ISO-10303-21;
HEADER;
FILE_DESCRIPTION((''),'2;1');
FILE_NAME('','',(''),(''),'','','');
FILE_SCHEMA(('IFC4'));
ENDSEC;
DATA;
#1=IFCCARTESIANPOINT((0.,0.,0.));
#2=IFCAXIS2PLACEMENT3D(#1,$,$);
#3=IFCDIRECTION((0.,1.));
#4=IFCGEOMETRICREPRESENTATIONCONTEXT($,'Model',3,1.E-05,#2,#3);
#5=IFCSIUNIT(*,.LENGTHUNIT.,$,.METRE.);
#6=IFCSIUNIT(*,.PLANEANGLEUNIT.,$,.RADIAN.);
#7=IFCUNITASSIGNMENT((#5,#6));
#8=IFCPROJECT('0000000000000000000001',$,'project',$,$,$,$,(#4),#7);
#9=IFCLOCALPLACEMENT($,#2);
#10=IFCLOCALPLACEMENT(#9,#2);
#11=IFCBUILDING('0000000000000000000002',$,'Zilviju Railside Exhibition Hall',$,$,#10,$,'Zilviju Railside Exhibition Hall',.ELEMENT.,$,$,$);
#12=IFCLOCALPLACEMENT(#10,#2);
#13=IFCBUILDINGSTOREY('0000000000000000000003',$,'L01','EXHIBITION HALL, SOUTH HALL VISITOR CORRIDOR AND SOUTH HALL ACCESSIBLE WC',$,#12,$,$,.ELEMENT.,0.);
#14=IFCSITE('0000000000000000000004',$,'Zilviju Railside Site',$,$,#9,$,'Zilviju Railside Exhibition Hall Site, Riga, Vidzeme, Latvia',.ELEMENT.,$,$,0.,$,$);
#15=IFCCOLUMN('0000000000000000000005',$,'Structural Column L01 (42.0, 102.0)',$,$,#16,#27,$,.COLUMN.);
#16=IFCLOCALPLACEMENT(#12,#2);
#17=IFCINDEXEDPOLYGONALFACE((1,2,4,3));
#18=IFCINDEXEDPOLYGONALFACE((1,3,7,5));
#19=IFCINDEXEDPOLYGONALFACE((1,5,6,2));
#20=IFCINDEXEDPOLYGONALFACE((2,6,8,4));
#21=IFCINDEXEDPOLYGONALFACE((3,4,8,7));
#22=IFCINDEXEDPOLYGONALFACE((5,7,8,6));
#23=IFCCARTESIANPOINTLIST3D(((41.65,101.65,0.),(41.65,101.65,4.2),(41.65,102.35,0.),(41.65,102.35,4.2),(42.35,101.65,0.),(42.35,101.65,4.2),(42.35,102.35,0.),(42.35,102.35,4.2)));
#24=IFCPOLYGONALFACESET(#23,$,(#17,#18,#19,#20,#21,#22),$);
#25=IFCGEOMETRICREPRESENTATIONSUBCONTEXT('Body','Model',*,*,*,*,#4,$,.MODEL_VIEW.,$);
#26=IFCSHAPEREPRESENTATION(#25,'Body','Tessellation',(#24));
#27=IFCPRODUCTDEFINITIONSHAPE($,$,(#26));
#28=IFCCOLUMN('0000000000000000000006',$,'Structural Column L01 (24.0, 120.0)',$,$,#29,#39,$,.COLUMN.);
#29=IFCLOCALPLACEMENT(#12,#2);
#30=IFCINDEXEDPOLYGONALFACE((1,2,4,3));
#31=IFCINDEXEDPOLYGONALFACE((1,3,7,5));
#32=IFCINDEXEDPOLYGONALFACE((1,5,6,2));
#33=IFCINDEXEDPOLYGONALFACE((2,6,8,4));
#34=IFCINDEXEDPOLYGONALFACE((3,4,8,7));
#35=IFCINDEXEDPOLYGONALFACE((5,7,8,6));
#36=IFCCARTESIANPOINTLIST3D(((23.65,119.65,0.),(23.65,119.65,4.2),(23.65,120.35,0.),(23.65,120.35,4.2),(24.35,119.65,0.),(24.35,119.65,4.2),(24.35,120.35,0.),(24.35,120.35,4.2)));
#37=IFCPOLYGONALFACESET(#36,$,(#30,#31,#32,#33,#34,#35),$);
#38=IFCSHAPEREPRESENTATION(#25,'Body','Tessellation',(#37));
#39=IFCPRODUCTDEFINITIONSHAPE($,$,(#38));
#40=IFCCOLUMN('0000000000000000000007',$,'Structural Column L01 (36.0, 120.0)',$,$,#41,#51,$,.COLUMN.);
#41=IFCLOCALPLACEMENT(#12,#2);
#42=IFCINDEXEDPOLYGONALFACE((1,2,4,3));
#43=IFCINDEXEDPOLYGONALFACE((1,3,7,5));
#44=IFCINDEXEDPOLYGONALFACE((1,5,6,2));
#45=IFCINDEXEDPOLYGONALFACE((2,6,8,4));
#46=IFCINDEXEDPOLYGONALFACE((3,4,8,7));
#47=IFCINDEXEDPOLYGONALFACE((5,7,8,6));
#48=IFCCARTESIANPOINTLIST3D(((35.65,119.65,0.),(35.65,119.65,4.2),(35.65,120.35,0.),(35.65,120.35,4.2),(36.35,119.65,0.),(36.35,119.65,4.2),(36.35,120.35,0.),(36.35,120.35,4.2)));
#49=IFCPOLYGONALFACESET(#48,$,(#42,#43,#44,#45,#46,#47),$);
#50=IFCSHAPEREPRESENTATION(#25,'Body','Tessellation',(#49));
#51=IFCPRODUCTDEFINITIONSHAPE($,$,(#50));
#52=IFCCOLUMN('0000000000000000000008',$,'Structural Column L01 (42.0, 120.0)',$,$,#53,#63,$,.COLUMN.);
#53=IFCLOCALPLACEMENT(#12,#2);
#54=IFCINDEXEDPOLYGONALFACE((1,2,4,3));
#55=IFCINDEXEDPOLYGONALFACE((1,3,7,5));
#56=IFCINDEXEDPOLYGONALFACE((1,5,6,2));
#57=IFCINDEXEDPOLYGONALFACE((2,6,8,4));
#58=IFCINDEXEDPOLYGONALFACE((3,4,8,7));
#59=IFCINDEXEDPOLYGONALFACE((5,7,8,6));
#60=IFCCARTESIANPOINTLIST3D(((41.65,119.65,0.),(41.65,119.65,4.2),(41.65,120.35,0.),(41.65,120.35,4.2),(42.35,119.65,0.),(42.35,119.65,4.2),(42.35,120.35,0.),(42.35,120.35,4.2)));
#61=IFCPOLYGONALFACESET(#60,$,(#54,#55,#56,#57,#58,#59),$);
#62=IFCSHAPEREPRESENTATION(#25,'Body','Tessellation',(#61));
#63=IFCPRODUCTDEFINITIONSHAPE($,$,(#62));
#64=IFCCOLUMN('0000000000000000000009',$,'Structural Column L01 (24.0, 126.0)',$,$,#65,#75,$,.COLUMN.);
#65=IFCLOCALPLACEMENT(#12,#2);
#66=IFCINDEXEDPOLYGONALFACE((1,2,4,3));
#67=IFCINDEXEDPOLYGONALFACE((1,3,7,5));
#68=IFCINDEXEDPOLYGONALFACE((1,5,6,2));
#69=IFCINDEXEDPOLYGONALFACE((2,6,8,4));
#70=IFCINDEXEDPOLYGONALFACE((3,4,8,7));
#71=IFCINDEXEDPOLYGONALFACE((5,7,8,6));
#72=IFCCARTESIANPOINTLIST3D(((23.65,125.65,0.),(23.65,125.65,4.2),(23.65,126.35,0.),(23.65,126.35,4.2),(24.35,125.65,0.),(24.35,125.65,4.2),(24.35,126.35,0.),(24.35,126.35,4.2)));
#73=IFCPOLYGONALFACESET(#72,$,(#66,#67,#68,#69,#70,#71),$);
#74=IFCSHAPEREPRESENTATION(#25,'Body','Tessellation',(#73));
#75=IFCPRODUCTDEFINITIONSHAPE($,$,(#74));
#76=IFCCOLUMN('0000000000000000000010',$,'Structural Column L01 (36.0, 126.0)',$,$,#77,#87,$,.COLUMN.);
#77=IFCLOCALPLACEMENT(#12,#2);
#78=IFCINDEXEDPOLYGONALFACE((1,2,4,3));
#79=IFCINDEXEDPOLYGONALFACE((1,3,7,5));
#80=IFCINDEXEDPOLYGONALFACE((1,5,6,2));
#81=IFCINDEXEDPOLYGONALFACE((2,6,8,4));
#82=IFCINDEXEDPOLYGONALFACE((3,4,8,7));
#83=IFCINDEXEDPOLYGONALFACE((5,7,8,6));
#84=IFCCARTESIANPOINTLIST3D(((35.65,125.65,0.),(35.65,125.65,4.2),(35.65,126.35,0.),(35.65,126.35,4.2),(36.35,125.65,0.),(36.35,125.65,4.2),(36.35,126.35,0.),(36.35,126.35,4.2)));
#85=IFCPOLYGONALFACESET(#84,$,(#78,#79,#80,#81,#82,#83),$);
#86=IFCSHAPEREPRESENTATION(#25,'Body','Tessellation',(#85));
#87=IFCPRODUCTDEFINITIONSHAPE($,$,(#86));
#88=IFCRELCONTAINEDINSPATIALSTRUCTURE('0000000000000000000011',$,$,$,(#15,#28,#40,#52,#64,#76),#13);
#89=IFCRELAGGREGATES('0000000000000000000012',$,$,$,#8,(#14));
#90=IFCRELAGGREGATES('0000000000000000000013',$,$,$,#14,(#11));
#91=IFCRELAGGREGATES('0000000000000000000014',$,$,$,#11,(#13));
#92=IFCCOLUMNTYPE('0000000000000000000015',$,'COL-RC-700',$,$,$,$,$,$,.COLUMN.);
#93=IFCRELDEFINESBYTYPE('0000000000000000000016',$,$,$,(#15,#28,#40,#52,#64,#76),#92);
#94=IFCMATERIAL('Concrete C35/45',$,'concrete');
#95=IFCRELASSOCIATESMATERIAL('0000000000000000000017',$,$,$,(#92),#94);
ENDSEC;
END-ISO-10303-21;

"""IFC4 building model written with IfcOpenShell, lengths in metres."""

from ifc_helpers import new_model, si_unit, direction, frame, origin, origin_2d, place, context, subcontext, project, spatial, rectangle, extrude, material, material_profile, profile_set, type_object, element, save


model = new_model("IFC4")

# Units and contexts
model_context = context("Model", 3, precision=1e-05, world=origin(), true_north=direction((0.0, 1.0)))
body_context = subcontext(model_context, "Body", "Model", "MODEL_VIEW")
ifc_project = project(units=[si_unit("LENGTHUNIT", "METRE"), si_unit("PLANEANGLEUNIT", "RADIAN")], contexts=[model_context])

# Site, building, storey
site_placement = place(None, origin())
site = spatial("IfcSite", under=ifc_project, at=site_placement, Name="Zilviju Railside Site", LongName="Zilviju Railside Exhibition Hall Site, Riga, Vidzeme, Latvia", CompositionType="ELEMENT", RefElevation=0.0)
building_placement = place(site_placement, origin())
building = spatial("IfcBuilding", under=site, at=building_placement, Name="Zilviju Railside Exhibition Hall", LongName="Zilviju Railside Exhibition Hall", CompositionType="ELEMENT")
storey_placement = place(building_placement, origin())
storey = spatial("IfcBuildingStorey", under=building, at=storey_placement, Name="L01", Description="EXHIBITION HALL, SOUTH HALL VISITOR CORRIDOR AND SOUTH HALL ACCESSIBLE WC", CompositionType="ELEMENT", Elevation=0.0)

# Shared definitions
ifc_material = material(Name="Concrete C35/45", Category="concrete")

# Columns
ifc_material_profile_1 = material_profile(ifc_material, rectangle(XDim=0.7, YDim=0.7, at=origin_2d()), Name="RC COL 700x700")
ifc_profile_set_1 = profile_set([ifc_material_profile_1], Name="Concrete C35/45")
column_type = type_object("IfcColumnType", Name="COL-RC-700", PredefinedType="COLUMN", material=ifc_profile_set_1)
for number, where, z_axis, x_axis, name in (
    (1, (42.0, 102.0, 0.0), (0.0, 0.0, 1.0), (1.0, 0.0, 0.0), "Structural Column L01 (42.0, 102.0)"),
    (2, (24.0, 120.0, 0.0), (0.0, 0.0, 1.0), (1.0, 0.0, 0.0), "Structural Column L01 (24.0, 120.0)"),
    (3, (36.0, 120.0, 0.0), (0.0, 0.0, 1.0), (1.0, 0.0, 0.0), "Structural Column L01 (36.0, 120.0)"),
    (4, (42.0, 120.0, 0.0), (0.0, 0.0, 1.0), (1.0, 0.0, 0.0), "Structural Column L01 (42.0, 120.0)"),
    (5, (24.0, 126.0, 0.0), (0.0, 0.0, 1.0), (1.0, 0.0, 0.0), "Structural Column L01 (24.0, 126.0)"),
    (6, (36.0, 126.0, 0.0), (0.0, 0.0, 1.0), (1.0, 0.0, 0.0), "Structural Column L01 (36.0, 126.0)"),
):
    element("IfcColumn", number, at=place(storey_placement, frame(where, z_axis=z_axis, x_axis=x_axis)), inside=storey, type_object=column_type, Name=name, PredefinedType="COLUMN", context=body_context, shape_type="SweptSolid", body=[
        extrude(rectangle(XDim=0.7, YDim=0.7, at=origin_2d()), origin(), (0.0, 0.0, 1.0), 4.2),
    ])

save(model, "model.ifc")
